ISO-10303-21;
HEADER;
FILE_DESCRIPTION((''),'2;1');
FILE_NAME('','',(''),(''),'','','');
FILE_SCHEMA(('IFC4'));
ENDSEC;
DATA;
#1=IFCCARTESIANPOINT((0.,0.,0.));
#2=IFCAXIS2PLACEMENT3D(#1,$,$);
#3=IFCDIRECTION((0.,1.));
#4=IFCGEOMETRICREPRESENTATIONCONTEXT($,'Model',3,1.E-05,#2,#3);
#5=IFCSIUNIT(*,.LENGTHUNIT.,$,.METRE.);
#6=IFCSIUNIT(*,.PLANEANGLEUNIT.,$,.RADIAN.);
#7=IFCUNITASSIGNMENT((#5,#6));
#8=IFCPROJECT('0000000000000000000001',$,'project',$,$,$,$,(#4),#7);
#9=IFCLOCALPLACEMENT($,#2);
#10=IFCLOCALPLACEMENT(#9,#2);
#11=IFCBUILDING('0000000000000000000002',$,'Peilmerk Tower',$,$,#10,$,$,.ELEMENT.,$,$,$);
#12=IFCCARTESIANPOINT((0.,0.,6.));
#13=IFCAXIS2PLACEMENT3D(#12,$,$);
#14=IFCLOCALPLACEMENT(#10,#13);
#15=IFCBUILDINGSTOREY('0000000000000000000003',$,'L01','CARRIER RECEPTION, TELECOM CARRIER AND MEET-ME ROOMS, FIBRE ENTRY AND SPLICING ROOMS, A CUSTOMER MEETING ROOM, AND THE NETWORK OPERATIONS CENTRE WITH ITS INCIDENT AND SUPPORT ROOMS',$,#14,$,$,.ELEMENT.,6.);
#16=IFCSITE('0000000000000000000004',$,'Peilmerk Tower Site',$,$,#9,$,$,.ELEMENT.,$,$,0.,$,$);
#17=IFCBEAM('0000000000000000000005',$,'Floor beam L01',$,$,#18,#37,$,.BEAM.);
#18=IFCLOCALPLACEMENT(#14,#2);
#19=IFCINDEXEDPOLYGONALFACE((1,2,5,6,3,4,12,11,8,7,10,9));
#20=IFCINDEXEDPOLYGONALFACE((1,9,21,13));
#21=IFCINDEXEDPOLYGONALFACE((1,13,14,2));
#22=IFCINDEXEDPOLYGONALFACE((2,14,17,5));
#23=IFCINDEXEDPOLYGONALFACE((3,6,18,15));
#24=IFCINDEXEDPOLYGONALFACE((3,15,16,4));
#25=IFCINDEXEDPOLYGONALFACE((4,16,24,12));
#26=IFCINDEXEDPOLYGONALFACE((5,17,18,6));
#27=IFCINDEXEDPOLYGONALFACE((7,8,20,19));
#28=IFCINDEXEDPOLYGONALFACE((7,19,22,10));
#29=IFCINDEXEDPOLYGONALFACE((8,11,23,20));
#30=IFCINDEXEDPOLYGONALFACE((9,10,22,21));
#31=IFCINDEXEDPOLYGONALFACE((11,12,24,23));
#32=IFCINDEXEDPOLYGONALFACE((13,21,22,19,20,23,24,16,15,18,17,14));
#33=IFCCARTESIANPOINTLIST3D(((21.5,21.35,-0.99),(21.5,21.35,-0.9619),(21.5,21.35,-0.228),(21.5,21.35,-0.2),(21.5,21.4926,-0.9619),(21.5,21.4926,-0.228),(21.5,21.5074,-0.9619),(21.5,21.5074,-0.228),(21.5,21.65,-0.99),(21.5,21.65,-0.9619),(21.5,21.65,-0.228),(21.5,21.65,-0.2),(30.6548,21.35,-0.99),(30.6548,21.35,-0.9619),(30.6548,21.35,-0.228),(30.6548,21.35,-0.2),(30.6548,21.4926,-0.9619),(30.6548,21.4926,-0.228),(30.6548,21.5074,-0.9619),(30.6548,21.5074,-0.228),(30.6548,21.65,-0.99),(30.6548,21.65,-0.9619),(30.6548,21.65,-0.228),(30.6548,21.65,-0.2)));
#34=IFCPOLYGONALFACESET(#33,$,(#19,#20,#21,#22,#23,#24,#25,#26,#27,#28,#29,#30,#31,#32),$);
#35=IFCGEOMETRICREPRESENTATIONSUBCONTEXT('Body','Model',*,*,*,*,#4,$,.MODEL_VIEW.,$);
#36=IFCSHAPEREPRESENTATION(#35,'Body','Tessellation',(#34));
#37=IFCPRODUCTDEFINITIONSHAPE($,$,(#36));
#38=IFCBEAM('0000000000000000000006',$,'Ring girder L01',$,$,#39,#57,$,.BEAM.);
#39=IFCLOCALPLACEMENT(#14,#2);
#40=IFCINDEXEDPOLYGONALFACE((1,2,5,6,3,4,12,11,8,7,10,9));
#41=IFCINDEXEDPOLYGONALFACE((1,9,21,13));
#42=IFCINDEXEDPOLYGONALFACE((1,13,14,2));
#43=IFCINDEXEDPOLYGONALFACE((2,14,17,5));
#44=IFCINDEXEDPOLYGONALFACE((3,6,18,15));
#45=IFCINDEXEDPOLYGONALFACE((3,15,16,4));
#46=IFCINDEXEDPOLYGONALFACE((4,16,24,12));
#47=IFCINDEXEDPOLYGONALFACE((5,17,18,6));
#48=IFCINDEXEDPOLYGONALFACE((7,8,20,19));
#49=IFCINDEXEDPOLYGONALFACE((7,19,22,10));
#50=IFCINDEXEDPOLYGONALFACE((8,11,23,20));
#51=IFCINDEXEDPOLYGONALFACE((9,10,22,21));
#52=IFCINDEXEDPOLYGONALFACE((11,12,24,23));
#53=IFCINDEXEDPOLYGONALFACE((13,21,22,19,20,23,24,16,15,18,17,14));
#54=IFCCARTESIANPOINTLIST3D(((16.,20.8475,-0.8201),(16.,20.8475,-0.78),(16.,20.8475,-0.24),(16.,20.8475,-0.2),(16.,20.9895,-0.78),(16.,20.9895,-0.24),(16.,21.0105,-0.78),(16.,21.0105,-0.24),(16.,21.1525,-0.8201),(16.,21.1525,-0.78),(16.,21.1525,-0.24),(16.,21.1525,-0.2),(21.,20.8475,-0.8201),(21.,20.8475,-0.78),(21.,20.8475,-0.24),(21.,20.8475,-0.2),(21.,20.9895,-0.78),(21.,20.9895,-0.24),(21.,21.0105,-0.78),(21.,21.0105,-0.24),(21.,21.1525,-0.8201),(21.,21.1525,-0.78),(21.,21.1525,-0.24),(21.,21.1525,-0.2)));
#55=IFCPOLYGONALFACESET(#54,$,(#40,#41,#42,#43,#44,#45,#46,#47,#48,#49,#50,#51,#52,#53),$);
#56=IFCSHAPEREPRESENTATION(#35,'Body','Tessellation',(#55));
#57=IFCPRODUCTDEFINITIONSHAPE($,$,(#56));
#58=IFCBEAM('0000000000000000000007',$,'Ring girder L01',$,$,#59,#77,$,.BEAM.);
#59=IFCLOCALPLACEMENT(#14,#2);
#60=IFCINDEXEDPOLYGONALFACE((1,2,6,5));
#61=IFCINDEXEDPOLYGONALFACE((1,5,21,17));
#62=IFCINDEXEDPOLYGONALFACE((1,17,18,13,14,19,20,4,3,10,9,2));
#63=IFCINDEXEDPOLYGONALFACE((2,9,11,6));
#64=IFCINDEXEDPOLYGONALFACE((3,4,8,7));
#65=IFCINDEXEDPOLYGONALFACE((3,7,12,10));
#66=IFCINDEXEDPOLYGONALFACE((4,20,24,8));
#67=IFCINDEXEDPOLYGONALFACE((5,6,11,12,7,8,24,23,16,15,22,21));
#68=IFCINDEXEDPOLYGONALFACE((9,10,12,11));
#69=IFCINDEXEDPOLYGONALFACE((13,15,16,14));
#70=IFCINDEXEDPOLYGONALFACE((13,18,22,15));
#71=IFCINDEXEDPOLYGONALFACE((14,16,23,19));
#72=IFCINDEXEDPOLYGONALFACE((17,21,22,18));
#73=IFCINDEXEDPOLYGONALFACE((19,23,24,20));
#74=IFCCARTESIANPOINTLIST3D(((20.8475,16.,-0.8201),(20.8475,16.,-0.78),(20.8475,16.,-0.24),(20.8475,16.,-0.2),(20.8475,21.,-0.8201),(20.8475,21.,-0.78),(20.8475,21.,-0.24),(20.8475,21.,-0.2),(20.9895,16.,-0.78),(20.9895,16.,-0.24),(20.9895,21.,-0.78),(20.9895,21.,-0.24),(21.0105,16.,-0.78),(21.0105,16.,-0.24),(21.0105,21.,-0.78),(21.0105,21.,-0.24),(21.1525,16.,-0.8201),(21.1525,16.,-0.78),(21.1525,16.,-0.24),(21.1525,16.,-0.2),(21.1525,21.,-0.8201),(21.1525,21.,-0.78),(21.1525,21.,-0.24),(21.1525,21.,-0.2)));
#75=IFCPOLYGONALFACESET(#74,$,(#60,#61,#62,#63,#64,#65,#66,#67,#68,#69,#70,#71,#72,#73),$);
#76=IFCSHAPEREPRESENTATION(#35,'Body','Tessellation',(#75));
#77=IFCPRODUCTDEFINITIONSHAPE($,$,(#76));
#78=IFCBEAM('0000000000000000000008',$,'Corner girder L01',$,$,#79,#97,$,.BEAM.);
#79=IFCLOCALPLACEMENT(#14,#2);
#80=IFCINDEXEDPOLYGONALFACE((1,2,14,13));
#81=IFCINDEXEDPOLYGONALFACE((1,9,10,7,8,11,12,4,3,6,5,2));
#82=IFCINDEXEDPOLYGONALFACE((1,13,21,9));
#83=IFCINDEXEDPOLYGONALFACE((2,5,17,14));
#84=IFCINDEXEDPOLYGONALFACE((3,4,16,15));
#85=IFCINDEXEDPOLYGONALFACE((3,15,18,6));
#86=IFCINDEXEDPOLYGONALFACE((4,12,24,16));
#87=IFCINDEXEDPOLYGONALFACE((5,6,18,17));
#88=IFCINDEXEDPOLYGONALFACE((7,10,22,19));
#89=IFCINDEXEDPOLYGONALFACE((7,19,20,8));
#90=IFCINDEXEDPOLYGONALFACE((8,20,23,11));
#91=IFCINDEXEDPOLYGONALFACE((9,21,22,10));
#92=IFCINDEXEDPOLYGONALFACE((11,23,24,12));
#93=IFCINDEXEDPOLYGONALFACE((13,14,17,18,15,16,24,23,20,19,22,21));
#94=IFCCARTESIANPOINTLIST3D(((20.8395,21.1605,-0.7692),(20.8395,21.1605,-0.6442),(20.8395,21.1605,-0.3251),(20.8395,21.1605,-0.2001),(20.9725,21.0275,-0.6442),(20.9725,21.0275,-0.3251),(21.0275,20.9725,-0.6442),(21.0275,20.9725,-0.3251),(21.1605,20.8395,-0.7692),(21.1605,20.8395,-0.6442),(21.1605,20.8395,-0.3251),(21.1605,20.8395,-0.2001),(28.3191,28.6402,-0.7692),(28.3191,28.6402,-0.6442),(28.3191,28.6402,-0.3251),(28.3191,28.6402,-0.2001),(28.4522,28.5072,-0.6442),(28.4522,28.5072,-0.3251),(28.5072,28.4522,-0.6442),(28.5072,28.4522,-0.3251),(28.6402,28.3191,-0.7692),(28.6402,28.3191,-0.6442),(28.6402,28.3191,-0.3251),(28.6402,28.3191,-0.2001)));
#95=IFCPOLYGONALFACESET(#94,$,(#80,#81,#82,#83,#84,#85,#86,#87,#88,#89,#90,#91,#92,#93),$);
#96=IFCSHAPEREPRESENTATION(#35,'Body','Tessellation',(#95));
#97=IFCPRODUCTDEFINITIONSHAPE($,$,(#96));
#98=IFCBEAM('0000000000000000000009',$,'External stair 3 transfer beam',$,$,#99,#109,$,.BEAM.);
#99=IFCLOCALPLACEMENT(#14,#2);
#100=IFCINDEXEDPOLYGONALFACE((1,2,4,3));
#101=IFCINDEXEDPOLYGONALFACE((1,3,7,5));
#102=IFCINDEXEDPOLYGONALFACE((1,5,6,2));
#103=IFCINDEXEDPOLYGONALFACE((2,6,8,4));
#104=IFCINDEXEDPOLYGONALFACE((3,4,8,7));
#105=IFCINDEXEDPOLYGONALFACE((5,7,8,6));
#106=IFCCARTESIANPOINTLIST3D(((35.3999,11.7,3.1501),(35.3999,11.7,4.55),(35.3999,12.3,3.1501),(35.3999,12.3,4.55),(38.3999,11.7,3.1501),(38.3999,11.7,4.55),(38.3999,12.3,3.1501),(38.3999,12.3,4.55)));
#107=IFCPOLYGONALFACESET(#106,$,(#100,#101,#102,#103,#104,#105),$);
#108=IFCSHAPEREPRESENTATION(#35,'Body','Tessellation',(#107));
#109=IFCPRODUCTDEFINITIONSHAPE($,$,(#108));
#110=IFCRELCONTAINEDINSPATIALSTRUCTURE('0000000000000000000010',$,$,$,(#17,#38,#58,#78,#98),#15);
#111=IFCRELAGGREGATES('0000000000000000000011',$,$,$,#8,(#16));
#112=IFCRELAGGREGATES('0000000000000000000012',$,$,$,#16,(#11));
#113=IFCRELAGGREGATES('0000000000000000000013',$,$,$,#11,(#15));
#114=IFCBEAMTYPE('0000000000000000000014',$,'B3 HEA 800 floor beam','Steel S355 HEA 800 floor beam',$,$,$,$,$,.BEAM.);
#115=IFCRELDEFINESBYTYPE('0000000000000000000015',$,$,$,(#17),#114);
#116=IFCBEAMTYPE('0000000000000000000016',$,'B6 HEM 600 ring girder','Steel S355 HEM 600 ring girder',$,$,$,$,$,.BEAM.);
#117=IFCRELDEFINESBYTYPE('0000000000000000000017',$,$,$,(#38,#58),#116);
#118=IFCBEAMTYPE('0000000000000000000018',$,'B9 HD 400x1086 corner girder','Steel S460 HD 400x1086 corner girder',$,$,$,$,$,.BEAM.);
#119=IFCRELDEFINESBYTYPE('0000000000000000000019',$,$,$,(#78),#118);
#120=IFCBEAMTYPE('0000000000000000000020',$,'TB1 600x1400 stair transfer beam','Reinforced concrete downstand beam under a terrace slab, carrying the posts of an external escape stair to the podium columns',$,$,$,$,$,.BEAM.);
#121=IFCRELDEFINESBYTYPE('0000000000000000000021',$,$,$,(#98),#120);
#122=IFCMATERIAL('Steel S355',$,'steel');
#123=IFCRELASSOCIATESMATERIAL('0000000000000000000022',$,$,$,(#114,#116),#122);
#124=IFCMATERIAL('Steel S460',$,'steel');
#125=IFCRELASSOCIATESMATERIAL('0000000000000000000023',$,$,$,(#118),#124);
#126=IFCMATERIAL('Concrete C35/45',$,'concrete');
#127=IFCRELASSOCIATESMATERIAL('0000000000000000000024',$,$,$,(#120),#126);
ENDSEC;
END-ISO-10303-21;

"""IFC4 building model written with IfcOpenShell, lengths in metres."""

from ifc_helpers import new_model, si_unit, direction, frame, origin, origin_2d, place, context, subcontext, project, spatial, rectangle, i_section, extrude, material, material_profile, profile_set, type_object, element, save


model = new_model("IFC4")

# Units and contexts
model_context = context("Model", 3, precision=1e-05, world=origin(), true_north=direction((0.0, 1.0)))
body_context = subcontext(model_context, "Body", "Model", "MODEL_VIEW")
ifc_project = project(units=[si_unit("LENGTHUNIT", "METRE"), si_unit("PLANEANGLEUNIT", "RADIAN")], contexts=[model_context])

# Site, building, storey
site_placement = place(None, origin())
site = spatial("IfcSite", under=ifc_project, at=site_placement, Name="Peilmerk Tower Site", CompositionType="ELEMENT", RefElevation=0.0)
building_placement = place(site_placement, origin())
building = spatial("IfcBuilding", under=site, at=building_placement, Name="Peilmerk Tower", CompositionType="ELEMENT")
storey_placement = place(building_placement, frame((0.0, 0.0, 6.0)))
storey = spatial("IfcBuildingStorey", under=building, at=storey_placement, Name="L01", Description="CARRIER RECEPTION, TELECOM CARRIER AND MEET-ME ROOMS, FIBRE ENTRY AND SPLICING ROOMS, A CUSTOMER MEETING ROOM, AND THE NETWORK OPERATIONS CENTRE WITH ITS INCIDENT AND SUPPORT ROOMS", CompositionType="ELEMENT", Elevation=6.0)

# Beams
ifc_material_1 = material(Name="Steel S355", Category="steel")
ifc_material_profile_1 = material_profile(ifc_material_1, i_section(OverallWidth=0.3, OverallDepth=0.79, WebThickness=0.0149, FlangeThickness=0.0281, at=origin_2d()), Name="HEA 800")
ifc_profile_set_1 = profile_set([ifc_material_profile_1], Name="Steel S355")
beam_type_1 = type_object("IfcBeamType", Name="B3 HEA 800 floor beam", Description="Steel S355 HEA 800 floor beam", PredefinedType="BEAM", material=ifc_profile_set_1)
for number, where, z_axis, x_axis, name in (
    (1, (21.5, 21.5, -0.595), (1.0, 0.0, 0.0), (0.0, 1.0, 0.0), "Floor beam L01"),
):
    element("IfcBeam", number, at=place(storey_placement, frame(where, z_axis=z_axis, x_axis=x_axis)), inside=storey, type_object=beam_type_1, Name=name, PredefinedType="BEAM", context=body_context, shape_type="SweptSolid", body=[
        extrude(i_section(OverallWidth=0.3, OverallDepth=0.79, WebThickness=0.0149, FlangeThickness=0.0281, at=origin_2d()), origin(), (0.0, 0.0, 1.0), 9.1548),
    ])
ifc_material_profile_2 = material_profile(ifc_material_1, i_section(OverallWidth=0.3049, OverallDepth=0.6201, WebThickness=0.021, FlangeThickness=0.04, at=origin_2d()), Name="HEM 600")
ifc_profile_set_2 = profile_set([ifc_material_profile_2], Name="Steel S355")
beam_type_2 = type_object("IfcBeamType", Name="B6 HEM 600 ring girder", Description="Steel S355 HEM 600 ring girder", PredefinedType="BEAM", material=ifc_profile_set_2)
for number, where, z_axis, x_axis, name in (
    (2, (21.0, 21.0, -0.51), (-1.0, 0.0, 0.0), (0.0, -1.0, 0.0), "Ring girder L01"),
    (3, (21.0, 16.0, -0.51), (0.0, 1.0, 0.0), (-1.0, 0.0, 0.0), "Ring girder L01"),
):
    element("IfcBeam", number, at=place(storey_placement, frame(where, z_axis=z_axis, x_axis=x_axis)), inside=storey, type_object=beam_type_2, Name=name, PredefinedType="BEAM", context=body_context, shape_type="SweptSolid", body=[
        extrude(i_section(OverallWidth=0.3049, OverallDepth=0.6201, WebThickness=0.021, FlangeThickness=0.04, at=origin_2d()), origin(), (0.0, 0.0, 1.0), 5.0),
    ])
ifc_material_2 = material(Name="Steel S460", Category="steel")
ifc_material_profile_3 = material_profile(ifc_material_2, i_section(OverallWidth=0.4541, OverallDepth=0.5691, WebThickness=0.0779, FlangeThickness=0.125, at=origin_2d()), Name="HD 400x1086")
ifc_profile_set_3 = profile_set([ifc_material_profile_3], Name="Steel S460")
beam_type_3 = type_object("IfcBeamType", Name="B9 HD 400x1086 corner girder", Description="Steel S460 HD 400x1086 corner girder", PredefinedType="BEAM", material=ifc_profile_set_3)
beam_1_placement = place(storey_placement, frame((21.0, 21.0, -0.4846), z_axis=(0.707107, 0.707107, 0.0), x_axis=(-0.707107, 0.707107, 0.0)))
element("IfcBeam", 4, at=beam_1_placement, inside=storey, type_object=beam_type_3, Name="Corner girder L01", PredefinedType="BEAM", context=body_context, shape_type="SweptSolid", body=[
    extrude(i_section(OverallWidth=0.4541, OverallDepth=0.5691, WebThickness=0.0779, FlangeThickness=0.125, at=origin_2d()), origin(), (0.0, 0.0, 1.0), 10.5779),
])
ifc_material_3 = material(Name="Concrete C35/45", Category="concrete")
ifc_material_profile_4 = material_profile(ifc_material_3, rectangle(XDim=0.6001, YDim=1.3999, at=origin_2d()), Name="RC 600x1400")
ifc_profile_set_4 = profile_set([ifc_material_profile_4], Name="Concrete C35/45")
beam_type_4 = type_object("IfcBeamType", Name="TB1 600x1400 stair transfer beam", Description="Reinforced concrete downstand beam under a terrace slab, carrying the posts of an external escape stair to the podium columns", PredefinedType="BEAM", material=ifc_profile_set_4)
beam_2_placement = place(storey_placement, frame((35.3999, 12.0, 3.8501), z_axis=(1.0, 0.0, 0.0), x_axis=(0.0, 1.0, 0.0)))
element("IfcBeam", 5, at=beam_2_placement, inside=storey, type_object=beam_type_4, Name="External stair 3 transfer beam", PredefinedType="BEAM", context=body_context, shape_type="SweptSolid", body=[
    extrude(rectangle(XDim=0.6001, YDim=1.3999, at=origin_2d()), origin(), (0.0, 0.0, 1.0), 3.0),
])

save(model, "model.ifc")
